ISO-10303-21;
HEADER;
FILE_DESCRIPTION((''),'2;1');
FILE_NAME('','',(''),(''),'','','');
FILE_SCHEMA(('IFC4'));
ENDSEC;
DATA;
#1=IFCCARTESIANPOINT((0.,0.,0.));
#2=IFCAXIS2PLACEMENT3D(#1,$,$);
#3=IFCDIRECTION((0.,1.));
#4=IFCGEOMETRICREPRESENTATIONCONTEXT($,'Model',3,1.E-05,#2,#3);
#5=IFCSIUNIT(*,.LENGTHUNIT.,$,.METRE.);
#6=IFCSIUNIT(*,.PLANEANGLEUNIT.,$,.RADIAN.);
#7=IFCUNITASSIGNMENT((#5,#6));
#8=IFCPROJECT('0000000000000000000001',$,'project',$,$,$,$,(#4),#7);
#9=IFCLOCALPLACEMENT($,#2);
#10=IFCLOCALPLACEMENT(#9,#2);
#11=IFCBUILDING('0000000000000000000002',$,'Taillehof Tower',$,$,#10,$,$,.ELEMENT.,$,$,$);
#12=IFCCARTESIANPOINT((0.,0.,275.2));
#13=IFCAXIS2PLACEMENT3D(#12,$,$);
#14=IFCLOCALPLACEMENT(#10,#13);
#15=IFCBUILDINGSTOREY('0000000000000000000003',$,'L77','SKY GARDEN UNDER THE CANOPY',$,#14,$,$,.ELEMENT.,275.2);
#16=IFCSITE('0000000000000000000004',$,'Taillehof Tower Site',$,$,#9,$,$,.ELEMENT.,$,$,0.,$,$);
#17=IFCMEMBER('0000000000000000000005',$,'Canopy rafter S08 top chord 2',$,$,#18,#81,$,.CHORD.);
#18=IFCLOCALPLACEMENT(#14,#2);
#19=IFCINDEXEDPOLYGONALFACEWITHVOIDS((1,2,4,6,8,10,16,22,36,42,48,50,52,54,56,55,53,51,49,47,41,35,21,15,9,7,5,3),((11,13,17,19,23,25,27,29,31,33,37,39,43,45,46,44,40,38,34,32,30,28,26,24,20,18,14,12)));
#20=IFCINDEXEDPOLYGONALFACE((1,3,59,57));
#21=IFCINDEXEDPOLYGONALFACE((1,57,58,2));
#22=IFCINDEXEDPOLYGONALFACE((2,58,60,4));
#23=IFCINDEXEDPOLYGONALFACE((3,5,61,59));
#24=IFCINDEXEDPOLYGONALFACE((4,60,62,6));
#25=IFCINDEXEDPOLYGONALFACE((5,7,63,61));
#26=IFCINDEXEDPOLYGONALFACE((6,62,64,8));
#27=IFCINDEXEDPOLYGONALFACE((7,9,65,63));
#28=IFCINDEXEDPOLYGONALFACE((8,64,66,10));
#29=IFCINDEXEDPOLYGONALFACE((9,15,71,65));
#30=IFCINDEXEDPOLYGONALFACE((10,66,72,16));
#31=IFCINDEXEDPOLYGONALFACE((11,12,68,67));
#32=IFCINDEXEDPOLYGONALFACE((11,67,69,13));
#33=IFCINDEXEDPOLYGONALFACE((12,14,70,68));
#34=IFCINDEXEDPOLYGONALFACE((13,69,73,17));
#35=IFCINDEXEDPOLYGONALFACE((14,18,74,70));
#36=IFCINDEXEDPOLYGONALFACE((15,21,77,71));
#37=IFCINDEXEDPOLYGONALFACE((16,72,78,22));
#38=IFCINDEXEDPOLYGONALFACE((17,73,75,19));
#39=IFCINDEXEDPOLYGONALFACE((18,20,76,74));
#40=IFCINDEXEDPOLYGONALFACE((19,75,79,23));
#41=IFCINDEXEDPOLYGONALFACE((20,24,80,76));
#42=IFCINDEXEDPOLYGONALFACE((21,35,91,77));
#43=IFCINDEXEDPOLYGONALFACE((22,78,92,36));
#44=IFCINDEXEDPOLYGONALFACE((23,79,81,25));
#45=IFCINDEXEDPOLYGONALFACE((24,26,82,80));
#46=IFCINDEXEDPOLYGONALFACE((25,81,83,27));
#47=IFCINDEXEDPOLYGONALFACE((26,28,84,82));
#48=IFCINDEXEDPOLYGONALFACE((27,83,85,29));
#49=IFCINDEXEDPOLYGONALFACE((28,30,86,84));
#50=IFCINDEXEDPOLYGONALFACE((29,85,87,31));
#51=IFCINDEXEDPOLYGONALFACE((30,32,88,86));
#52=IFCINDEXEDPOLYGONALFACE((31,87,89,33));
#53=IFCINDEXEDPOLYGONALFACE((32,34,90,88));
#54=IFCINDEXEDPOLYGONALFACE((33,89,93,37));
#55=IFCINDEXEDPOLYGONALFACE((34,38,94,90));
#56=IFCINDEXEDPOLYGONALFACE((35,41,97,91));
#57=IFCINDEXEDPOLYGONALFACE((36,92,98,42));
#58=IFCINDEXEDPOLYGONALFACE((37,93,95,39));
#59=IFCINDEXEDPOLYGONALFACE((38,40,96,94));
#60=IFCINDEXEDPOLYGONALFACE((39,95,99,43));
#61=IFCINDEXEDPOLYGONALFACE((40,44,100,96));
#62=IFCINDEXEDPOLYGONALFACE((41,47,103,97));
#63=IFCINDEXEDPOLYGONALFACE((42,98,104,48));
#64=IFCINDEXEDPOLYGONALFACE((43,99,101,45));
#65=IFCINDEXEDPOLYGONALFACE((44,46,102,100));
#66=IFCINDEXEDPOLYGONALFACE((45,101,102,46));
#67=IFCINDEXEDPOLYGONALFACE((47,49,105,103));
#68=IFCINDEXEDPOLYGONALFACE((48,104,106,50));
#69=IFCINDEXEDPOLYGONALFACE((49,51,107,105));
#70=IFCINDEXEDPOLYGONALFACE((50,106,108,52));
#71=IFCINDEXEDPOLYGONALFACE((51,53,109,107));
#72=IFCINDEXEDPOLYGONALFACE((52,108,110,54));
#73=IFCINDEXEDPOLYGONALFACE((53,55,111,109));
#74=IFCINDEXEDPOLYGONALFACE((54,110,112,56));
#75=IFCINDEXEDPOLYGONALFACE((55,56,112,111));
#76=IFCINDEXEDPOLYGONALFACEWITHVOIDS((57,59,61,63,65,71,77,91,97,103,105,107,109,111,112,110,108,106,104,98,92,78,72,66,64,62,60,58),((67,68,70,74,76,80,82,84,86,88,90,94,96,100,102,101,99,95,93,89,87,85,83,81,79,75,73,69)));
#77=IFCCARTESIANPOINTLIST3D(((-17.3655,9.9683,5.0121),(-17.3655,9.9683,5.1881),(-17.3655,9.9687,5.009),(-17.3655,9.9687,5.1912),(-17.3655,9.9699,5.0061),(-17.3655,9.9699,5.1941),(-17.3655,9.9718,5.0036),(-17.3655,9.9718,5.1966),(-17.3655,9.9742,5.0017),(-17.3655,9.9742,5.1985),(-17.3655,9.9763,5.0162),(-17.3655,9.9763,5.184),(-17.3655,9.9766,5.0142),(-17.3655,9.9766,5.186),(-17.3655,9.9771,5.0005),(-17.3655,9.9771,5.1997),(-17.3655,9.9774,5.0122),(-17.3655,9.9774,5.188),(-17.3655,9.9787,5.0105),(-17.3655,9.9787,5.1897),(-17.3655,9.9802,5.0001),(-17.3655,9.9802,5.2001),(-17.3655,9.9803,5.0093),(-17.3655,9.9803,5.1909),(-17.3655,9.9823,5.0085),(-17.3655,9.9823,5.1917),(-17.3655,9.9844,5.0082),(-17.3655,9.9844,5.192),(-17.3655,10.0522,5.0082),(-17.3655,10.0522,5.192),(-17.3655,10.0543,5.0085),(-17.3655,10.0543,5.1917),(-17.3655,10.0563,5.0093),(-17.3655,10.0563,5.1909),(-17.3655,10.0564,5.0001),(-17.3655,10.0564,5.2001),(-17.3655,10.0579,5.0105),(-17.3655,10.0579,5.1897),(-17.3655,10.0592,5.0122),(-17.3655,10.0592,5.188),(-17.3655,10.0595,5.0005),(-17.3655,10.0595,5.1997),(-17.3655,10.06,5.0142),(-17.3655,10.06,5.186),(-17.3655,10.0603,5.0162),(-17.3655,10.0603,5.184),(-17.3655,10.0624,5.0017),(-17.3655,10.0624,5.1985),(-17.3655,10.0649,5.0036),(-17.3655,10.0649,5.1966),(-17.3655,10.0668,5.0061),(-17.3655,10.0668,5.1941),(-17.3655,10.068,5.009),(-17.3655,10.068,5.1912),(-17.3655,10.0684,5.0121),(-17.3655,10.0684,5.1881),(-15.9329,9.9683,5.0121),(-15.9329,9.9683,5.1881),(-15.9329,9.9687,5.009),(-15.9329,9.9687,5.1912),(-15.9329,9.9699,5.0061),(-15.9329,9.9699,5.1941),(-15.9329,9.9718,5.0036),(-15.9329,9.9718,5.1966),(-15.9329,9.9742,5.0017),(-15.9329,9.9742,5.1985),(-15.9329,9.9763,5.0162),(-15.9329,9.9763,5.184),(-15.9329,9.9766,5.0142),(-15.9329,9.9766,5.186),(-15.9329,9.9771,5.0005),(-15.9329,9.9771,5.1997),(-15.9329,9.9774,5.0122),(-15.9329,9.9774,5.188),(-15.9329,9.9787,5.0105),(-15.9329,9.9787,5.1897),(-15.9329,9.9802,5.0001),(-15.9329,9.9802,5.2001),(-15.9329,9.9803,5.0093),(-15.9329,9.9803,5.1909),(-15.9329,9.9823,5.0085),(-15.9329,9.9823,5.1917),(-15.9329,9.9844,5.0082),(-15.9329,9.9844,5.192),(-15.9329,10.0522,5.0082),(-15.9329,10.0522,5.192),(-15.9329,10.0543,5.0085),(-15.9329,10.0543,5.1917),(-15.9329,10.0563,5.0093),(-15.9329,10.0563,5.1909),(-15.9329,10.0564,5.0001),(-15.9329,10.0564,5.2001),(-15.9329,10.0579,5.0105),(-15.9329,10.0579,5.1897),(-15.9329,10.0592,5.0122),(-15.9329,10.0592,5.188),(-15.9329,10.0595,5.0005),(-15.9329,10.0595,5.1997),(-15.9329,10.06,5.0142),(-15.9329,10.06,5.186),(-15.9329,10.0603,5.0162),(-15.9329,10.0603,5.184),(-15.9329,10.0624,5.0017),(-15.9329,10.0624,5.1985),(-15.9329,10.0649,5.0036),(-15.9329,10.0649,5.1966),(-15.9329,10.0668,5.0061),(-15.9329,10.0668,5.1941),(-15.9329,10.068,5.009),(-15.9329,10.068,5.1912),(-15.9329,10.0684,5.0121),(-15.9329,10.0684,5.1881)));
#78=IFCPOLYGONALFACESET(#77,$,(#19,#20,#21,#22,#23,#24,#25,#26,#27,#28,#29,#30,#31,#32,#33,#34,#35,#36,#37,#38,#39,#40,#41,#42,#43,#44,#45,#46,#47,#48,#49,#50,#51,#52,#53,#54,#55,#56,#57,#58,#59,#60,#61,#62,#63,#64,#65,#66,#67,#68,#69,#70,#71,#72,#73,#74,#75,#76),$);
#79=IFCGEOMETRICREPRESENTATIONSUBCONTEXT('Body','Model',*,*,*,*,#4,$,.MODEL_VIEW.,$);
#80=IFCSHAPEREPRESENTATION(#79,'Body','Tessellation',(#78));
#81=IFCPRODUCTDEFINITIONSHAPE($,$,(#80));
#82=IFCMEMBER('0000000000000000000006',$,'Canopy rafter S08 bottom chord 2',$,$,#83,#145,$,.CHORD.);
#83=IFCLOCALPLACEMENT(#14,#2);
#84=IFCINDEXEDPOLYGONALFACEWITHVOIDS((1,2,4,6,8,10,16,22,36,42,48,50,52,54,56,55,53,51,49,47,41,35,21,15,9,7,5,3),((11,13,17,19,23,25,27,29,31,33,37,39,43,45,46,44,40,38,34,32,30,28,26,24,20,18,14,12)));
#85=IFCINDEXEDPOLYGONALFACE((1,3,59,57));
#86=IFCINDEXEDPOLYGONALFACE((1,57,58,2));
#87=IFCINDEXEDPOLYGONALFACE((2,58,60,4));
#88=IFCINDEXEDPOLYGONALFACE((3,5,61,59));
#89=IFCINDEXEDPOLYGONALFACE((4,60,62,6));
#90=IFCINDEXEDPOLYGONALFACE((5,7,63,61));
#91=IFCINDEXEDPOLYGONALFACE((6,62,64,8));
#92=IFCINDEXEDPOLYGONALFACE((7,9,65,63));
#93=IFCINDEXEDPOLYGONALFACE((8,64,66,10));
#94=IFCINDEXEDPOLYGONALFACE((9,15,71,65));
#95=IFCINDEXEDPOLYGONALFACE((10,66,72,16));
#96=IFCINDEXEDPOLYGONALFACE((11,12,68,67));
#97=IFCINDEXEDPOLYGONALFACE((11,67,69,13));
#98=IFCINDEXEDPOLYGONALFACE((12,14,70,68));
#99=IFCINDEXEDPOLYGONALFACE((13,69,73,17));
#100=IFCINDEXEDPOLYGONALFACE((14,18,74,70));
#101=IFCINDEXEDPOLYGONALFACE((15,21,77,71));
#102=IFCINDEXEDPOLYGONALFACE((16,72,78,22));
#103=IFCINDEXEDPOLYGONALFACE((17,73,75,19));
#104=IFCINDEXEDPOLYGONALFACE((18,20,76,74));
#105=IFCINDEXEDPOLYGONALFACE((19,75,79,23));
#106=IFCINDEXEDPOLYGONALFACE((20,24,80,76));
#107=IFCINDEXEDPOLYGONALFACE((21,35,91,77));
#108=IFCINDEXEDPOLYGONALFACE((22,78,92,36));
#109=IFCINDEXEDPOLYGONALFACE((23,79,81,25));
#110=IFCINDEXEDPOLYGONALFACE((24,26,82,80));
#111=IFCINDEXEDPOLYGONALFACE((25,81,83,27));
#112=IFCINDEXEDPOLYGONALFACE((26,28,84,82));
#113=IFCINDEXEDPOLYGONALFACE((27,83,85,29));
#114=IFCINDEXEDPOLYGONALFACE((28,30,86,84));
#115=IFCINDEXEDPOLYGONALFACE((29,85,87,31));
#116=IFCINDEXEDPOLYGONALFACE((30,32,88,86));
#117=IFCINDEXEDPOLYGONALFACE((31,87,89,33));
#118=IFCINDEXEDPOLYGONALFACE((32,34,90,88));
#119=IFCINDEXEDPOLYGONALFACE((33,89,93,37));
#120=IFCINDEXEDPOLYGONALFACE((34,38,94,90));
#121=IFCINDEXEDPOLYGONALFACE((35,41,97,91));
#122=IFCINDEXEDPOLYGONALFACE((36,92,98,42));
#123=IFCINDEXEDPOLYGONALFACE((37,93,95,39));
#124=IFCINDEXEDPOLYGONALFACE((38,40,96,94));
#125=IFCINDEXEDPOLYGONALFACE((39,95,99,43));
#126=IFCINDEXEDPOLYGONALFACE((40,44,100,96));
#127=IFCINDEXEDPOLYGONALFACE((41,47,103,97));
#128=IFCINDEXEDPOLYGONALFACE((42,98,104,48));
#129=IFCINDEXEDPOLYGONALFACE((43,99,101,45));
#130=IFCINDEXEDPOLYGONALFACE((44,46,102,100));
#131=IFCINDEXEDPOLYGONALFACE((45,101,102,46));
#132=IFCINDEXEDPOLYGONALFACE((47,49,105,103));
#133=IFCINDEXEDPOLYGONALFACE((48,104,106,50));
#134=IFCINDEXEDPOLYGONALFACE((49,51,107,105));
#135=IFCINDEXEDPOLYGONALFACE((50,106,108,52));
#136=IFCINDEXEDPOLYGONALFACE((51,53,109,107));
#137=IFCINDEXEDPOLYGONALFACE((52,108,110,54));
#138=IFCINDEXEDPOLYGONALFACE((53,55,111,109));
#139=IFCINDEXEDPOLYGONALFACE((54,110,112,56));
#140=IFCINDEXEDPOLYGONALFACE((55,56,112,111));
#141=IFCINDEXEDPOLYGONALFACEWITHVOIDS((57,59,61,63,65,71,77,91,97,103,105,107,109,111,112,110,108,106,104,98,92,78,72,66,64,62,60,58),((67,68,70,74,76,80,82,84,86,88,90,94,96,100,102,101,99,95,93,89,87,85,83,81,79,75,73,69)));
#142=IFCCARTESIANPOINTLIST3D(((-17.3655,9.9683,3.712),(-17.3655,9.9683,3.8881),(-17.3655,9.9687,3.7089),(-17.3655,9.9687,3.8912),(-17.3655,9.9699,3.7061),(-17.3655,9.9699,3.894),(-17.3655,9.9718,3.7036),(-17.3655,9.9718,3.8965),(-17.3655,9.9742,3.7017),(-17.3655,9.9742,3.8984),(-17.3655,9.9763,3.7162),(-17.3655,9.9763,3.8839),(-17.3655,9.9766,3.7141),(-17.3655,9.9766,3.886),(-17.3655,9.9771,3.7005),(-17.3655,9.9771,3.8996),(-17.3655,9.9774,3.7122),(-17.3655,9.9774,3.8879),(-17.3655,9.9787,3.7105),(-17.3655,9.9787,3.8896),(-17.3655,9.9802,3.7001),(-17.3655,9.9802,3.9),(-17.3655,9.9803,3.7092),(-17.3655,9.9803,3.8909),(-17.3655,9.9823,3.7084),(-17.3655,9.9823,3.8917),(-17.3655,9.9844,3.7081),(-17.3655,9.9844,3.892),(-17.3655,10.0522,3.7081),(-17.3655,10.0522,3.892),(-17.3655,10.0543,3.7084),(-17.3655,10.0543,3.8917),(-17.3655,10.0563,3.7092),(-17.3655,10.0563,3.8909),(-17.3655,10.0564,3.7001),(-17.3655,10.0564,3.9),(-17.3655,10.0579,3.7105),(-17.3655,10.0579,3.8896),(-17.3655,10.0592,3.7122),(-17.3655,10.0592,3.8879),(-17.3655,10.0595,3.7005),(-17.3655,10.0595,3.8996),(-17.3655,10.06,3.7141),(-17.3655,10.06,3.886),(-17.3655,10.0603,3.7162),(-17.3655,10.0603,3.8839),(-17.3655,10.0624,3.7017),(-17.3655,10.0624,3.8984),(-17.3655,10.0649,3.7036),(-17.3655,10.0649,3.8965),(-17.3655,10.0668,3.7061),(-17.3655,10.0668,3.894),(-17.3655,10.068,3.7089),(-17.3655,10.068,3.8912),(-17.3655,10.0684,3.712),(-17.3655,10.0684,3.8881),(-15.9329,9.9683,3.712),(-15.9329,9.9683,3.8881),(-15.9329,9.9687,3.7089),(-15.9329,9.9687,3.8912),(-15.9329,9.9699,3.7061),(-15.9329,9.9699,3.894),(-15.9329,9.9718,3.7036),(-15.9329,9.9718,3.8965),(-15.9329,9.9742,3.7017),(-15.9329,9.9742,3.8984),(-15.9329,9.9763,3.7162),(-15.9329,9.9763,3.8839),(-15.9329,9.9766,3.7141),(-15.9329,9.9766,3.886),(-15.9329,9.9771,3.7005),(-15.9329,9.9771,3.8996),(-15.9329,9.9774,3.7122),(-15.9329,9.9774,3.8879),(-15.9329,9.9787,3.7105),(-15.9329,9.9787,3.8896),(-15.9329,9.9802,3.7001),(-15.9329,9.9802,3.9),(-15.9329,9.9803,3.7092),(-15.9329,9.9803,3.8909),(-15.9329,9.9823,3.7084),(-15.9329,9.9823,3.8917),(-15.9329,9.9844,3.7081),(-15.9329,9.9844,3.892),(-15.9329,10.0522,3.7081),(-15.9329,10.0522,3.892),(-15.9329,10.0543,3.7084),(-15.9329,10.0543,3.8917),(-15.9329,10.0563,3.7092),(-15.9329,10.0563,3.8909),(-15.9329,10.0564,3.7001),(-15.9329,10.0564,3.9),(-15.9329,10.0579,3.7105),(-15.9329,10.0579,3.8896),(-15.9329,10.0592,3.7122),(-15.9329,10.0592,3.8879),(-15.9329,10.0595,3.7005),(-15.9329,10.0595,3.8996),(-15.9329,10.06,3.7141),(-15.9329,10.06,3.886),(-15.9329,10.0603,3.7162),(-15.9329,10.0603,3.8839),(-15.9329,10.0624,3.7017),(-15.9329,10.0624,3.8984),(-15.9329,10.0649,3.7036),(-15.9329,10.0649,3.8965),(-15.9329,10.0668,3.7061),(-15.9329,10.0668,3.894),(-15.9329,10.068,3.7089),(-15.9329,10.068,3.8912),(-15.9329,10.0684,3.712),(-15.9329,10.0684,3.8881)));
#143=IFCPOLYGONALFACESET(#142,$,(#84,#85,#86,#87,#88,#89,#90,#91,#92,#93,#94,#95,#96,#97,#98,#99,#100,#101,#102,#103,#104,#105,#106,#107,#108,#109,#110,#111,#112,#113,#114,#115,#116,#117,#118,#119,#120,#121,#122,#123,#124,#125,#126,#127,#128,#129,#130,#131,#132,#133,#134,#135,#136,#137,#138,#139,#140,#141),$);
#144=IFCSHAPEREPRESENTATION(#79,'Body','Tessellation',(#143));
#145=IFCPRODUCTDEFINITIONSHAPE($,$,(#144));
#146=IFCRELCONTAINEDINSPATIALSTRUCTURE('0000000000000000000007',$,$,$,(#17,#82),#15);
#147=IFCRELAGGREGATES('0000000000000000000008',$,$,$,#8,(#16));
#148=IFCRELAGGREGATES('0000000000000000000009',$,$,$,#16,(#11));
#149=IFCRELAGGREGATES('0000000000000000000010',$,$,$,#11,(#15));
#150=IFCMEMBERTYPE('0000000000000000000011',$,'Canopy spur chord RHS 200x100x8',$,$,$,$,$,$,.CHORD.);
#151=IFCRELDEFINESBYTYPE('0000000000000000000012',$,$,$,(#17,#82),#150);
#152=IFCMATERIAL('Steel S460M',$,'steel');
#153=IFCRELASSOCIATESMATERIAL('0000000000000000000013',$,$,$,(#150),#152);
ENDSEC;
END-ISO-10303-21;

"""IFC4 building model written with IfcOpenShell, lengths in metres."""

from ifc_helpers import new_model, si_unit, direction, frame, origin, origin_2d, place, context, subcontext, project, spatial, hollow_rectangle, extrude, material, material_profile, profile_set, type_object, element, save


model = new_model("IFC4")

# Units and contexts
model_context = context("Model", 3, precision=1e-05, world=origin(), true_north=direction((0.0, 1.0)))
body_context = subcontext(model_context, "Body", "Model", "MODEL_VIEW")
ifc_project = project(units=[si_unit("LENGTHUNIT", "METRE"), si_unit("PLANEANGLEUNIT", "RADIAN")], contexts=[model_context])

# Site, building, storey
site_placement = place(None, origin())
site = spatial("IfcSite", under=ifc_project, at=site_placement, Name="Taillehof Tower Site", CompositionType="ELEMENT", RefElevation=0.0)
building_placement = place(site_placement, origin())
building = spatial("IfcBuilding", under=site, at=building_placement, Name="Taillehof Tower", CompositionType="ELEMENT")
storey_placement = place(building_placement, frame((0.0, 0.0, 275.2)))
storey = spatial("IfcBuildingStorey", under=building, at=storey_placement, Name="L77", Description="SKY GARDEN UNDER THE CANOPY", CompositionType="ELEMENT", Elevation=275.2)

# Members
ifc_material_1 = material(Name="Steel S460M", Category="steel")
ifc_material_profile_1 = material_profile(ifc_material_1, hollow_rectangle(XDim=0.1001, YDim=0.2, WallThickness=0.0081, InnerFilletRadius=0.0081, OuterFilletRadius=0.012, at=origin_2d()), Name="RHS 200x100x8")
ifc_profile_set_1 = profile_set([ifc_material_profile_1], Name="Steel S460M")
member_type_1 = type_object("IfcMemberType", Name="Canopy spur chord RHS 200x100x8", PredefinedType="CHORD", material=ifc_profile_set_1)
for number, where, z_axis, x_axis, name in (
    (1, (-17.3655, 10.0183, 5.1001), (1.0, 0.0, 0.0), (0.0, 1.0, 0.0), "Canopy rafter S08 top chord 2"),
    (2, (-17.3655, 10.0183, 3.8), (1.0, 0.0, 0.0), (0.0, 1.0, 0.0), "Canopy rafter S08 bottom chord 2"),
):
    element("IfcMember", number, at=place(storey_placement, frame(where, z_axis=z_axis, x_axis=x_axis)), inside=storey, type_object=member_type_1, Name=name, PredefinedType="CHORD", context=body_context, shape_type="SweptSolid", body=[
        extrude(hollow_rectangle(XDim=0.1001, YDim=0.2, WallThickness=0.0081, InnerFilletRadius=0.0081, OuterFilletRadius=0.012, at=origin_2d()), origin(), (0.0, 0.0, 1.0), 1.4326),
    ])

save(model, "model.ifc")
